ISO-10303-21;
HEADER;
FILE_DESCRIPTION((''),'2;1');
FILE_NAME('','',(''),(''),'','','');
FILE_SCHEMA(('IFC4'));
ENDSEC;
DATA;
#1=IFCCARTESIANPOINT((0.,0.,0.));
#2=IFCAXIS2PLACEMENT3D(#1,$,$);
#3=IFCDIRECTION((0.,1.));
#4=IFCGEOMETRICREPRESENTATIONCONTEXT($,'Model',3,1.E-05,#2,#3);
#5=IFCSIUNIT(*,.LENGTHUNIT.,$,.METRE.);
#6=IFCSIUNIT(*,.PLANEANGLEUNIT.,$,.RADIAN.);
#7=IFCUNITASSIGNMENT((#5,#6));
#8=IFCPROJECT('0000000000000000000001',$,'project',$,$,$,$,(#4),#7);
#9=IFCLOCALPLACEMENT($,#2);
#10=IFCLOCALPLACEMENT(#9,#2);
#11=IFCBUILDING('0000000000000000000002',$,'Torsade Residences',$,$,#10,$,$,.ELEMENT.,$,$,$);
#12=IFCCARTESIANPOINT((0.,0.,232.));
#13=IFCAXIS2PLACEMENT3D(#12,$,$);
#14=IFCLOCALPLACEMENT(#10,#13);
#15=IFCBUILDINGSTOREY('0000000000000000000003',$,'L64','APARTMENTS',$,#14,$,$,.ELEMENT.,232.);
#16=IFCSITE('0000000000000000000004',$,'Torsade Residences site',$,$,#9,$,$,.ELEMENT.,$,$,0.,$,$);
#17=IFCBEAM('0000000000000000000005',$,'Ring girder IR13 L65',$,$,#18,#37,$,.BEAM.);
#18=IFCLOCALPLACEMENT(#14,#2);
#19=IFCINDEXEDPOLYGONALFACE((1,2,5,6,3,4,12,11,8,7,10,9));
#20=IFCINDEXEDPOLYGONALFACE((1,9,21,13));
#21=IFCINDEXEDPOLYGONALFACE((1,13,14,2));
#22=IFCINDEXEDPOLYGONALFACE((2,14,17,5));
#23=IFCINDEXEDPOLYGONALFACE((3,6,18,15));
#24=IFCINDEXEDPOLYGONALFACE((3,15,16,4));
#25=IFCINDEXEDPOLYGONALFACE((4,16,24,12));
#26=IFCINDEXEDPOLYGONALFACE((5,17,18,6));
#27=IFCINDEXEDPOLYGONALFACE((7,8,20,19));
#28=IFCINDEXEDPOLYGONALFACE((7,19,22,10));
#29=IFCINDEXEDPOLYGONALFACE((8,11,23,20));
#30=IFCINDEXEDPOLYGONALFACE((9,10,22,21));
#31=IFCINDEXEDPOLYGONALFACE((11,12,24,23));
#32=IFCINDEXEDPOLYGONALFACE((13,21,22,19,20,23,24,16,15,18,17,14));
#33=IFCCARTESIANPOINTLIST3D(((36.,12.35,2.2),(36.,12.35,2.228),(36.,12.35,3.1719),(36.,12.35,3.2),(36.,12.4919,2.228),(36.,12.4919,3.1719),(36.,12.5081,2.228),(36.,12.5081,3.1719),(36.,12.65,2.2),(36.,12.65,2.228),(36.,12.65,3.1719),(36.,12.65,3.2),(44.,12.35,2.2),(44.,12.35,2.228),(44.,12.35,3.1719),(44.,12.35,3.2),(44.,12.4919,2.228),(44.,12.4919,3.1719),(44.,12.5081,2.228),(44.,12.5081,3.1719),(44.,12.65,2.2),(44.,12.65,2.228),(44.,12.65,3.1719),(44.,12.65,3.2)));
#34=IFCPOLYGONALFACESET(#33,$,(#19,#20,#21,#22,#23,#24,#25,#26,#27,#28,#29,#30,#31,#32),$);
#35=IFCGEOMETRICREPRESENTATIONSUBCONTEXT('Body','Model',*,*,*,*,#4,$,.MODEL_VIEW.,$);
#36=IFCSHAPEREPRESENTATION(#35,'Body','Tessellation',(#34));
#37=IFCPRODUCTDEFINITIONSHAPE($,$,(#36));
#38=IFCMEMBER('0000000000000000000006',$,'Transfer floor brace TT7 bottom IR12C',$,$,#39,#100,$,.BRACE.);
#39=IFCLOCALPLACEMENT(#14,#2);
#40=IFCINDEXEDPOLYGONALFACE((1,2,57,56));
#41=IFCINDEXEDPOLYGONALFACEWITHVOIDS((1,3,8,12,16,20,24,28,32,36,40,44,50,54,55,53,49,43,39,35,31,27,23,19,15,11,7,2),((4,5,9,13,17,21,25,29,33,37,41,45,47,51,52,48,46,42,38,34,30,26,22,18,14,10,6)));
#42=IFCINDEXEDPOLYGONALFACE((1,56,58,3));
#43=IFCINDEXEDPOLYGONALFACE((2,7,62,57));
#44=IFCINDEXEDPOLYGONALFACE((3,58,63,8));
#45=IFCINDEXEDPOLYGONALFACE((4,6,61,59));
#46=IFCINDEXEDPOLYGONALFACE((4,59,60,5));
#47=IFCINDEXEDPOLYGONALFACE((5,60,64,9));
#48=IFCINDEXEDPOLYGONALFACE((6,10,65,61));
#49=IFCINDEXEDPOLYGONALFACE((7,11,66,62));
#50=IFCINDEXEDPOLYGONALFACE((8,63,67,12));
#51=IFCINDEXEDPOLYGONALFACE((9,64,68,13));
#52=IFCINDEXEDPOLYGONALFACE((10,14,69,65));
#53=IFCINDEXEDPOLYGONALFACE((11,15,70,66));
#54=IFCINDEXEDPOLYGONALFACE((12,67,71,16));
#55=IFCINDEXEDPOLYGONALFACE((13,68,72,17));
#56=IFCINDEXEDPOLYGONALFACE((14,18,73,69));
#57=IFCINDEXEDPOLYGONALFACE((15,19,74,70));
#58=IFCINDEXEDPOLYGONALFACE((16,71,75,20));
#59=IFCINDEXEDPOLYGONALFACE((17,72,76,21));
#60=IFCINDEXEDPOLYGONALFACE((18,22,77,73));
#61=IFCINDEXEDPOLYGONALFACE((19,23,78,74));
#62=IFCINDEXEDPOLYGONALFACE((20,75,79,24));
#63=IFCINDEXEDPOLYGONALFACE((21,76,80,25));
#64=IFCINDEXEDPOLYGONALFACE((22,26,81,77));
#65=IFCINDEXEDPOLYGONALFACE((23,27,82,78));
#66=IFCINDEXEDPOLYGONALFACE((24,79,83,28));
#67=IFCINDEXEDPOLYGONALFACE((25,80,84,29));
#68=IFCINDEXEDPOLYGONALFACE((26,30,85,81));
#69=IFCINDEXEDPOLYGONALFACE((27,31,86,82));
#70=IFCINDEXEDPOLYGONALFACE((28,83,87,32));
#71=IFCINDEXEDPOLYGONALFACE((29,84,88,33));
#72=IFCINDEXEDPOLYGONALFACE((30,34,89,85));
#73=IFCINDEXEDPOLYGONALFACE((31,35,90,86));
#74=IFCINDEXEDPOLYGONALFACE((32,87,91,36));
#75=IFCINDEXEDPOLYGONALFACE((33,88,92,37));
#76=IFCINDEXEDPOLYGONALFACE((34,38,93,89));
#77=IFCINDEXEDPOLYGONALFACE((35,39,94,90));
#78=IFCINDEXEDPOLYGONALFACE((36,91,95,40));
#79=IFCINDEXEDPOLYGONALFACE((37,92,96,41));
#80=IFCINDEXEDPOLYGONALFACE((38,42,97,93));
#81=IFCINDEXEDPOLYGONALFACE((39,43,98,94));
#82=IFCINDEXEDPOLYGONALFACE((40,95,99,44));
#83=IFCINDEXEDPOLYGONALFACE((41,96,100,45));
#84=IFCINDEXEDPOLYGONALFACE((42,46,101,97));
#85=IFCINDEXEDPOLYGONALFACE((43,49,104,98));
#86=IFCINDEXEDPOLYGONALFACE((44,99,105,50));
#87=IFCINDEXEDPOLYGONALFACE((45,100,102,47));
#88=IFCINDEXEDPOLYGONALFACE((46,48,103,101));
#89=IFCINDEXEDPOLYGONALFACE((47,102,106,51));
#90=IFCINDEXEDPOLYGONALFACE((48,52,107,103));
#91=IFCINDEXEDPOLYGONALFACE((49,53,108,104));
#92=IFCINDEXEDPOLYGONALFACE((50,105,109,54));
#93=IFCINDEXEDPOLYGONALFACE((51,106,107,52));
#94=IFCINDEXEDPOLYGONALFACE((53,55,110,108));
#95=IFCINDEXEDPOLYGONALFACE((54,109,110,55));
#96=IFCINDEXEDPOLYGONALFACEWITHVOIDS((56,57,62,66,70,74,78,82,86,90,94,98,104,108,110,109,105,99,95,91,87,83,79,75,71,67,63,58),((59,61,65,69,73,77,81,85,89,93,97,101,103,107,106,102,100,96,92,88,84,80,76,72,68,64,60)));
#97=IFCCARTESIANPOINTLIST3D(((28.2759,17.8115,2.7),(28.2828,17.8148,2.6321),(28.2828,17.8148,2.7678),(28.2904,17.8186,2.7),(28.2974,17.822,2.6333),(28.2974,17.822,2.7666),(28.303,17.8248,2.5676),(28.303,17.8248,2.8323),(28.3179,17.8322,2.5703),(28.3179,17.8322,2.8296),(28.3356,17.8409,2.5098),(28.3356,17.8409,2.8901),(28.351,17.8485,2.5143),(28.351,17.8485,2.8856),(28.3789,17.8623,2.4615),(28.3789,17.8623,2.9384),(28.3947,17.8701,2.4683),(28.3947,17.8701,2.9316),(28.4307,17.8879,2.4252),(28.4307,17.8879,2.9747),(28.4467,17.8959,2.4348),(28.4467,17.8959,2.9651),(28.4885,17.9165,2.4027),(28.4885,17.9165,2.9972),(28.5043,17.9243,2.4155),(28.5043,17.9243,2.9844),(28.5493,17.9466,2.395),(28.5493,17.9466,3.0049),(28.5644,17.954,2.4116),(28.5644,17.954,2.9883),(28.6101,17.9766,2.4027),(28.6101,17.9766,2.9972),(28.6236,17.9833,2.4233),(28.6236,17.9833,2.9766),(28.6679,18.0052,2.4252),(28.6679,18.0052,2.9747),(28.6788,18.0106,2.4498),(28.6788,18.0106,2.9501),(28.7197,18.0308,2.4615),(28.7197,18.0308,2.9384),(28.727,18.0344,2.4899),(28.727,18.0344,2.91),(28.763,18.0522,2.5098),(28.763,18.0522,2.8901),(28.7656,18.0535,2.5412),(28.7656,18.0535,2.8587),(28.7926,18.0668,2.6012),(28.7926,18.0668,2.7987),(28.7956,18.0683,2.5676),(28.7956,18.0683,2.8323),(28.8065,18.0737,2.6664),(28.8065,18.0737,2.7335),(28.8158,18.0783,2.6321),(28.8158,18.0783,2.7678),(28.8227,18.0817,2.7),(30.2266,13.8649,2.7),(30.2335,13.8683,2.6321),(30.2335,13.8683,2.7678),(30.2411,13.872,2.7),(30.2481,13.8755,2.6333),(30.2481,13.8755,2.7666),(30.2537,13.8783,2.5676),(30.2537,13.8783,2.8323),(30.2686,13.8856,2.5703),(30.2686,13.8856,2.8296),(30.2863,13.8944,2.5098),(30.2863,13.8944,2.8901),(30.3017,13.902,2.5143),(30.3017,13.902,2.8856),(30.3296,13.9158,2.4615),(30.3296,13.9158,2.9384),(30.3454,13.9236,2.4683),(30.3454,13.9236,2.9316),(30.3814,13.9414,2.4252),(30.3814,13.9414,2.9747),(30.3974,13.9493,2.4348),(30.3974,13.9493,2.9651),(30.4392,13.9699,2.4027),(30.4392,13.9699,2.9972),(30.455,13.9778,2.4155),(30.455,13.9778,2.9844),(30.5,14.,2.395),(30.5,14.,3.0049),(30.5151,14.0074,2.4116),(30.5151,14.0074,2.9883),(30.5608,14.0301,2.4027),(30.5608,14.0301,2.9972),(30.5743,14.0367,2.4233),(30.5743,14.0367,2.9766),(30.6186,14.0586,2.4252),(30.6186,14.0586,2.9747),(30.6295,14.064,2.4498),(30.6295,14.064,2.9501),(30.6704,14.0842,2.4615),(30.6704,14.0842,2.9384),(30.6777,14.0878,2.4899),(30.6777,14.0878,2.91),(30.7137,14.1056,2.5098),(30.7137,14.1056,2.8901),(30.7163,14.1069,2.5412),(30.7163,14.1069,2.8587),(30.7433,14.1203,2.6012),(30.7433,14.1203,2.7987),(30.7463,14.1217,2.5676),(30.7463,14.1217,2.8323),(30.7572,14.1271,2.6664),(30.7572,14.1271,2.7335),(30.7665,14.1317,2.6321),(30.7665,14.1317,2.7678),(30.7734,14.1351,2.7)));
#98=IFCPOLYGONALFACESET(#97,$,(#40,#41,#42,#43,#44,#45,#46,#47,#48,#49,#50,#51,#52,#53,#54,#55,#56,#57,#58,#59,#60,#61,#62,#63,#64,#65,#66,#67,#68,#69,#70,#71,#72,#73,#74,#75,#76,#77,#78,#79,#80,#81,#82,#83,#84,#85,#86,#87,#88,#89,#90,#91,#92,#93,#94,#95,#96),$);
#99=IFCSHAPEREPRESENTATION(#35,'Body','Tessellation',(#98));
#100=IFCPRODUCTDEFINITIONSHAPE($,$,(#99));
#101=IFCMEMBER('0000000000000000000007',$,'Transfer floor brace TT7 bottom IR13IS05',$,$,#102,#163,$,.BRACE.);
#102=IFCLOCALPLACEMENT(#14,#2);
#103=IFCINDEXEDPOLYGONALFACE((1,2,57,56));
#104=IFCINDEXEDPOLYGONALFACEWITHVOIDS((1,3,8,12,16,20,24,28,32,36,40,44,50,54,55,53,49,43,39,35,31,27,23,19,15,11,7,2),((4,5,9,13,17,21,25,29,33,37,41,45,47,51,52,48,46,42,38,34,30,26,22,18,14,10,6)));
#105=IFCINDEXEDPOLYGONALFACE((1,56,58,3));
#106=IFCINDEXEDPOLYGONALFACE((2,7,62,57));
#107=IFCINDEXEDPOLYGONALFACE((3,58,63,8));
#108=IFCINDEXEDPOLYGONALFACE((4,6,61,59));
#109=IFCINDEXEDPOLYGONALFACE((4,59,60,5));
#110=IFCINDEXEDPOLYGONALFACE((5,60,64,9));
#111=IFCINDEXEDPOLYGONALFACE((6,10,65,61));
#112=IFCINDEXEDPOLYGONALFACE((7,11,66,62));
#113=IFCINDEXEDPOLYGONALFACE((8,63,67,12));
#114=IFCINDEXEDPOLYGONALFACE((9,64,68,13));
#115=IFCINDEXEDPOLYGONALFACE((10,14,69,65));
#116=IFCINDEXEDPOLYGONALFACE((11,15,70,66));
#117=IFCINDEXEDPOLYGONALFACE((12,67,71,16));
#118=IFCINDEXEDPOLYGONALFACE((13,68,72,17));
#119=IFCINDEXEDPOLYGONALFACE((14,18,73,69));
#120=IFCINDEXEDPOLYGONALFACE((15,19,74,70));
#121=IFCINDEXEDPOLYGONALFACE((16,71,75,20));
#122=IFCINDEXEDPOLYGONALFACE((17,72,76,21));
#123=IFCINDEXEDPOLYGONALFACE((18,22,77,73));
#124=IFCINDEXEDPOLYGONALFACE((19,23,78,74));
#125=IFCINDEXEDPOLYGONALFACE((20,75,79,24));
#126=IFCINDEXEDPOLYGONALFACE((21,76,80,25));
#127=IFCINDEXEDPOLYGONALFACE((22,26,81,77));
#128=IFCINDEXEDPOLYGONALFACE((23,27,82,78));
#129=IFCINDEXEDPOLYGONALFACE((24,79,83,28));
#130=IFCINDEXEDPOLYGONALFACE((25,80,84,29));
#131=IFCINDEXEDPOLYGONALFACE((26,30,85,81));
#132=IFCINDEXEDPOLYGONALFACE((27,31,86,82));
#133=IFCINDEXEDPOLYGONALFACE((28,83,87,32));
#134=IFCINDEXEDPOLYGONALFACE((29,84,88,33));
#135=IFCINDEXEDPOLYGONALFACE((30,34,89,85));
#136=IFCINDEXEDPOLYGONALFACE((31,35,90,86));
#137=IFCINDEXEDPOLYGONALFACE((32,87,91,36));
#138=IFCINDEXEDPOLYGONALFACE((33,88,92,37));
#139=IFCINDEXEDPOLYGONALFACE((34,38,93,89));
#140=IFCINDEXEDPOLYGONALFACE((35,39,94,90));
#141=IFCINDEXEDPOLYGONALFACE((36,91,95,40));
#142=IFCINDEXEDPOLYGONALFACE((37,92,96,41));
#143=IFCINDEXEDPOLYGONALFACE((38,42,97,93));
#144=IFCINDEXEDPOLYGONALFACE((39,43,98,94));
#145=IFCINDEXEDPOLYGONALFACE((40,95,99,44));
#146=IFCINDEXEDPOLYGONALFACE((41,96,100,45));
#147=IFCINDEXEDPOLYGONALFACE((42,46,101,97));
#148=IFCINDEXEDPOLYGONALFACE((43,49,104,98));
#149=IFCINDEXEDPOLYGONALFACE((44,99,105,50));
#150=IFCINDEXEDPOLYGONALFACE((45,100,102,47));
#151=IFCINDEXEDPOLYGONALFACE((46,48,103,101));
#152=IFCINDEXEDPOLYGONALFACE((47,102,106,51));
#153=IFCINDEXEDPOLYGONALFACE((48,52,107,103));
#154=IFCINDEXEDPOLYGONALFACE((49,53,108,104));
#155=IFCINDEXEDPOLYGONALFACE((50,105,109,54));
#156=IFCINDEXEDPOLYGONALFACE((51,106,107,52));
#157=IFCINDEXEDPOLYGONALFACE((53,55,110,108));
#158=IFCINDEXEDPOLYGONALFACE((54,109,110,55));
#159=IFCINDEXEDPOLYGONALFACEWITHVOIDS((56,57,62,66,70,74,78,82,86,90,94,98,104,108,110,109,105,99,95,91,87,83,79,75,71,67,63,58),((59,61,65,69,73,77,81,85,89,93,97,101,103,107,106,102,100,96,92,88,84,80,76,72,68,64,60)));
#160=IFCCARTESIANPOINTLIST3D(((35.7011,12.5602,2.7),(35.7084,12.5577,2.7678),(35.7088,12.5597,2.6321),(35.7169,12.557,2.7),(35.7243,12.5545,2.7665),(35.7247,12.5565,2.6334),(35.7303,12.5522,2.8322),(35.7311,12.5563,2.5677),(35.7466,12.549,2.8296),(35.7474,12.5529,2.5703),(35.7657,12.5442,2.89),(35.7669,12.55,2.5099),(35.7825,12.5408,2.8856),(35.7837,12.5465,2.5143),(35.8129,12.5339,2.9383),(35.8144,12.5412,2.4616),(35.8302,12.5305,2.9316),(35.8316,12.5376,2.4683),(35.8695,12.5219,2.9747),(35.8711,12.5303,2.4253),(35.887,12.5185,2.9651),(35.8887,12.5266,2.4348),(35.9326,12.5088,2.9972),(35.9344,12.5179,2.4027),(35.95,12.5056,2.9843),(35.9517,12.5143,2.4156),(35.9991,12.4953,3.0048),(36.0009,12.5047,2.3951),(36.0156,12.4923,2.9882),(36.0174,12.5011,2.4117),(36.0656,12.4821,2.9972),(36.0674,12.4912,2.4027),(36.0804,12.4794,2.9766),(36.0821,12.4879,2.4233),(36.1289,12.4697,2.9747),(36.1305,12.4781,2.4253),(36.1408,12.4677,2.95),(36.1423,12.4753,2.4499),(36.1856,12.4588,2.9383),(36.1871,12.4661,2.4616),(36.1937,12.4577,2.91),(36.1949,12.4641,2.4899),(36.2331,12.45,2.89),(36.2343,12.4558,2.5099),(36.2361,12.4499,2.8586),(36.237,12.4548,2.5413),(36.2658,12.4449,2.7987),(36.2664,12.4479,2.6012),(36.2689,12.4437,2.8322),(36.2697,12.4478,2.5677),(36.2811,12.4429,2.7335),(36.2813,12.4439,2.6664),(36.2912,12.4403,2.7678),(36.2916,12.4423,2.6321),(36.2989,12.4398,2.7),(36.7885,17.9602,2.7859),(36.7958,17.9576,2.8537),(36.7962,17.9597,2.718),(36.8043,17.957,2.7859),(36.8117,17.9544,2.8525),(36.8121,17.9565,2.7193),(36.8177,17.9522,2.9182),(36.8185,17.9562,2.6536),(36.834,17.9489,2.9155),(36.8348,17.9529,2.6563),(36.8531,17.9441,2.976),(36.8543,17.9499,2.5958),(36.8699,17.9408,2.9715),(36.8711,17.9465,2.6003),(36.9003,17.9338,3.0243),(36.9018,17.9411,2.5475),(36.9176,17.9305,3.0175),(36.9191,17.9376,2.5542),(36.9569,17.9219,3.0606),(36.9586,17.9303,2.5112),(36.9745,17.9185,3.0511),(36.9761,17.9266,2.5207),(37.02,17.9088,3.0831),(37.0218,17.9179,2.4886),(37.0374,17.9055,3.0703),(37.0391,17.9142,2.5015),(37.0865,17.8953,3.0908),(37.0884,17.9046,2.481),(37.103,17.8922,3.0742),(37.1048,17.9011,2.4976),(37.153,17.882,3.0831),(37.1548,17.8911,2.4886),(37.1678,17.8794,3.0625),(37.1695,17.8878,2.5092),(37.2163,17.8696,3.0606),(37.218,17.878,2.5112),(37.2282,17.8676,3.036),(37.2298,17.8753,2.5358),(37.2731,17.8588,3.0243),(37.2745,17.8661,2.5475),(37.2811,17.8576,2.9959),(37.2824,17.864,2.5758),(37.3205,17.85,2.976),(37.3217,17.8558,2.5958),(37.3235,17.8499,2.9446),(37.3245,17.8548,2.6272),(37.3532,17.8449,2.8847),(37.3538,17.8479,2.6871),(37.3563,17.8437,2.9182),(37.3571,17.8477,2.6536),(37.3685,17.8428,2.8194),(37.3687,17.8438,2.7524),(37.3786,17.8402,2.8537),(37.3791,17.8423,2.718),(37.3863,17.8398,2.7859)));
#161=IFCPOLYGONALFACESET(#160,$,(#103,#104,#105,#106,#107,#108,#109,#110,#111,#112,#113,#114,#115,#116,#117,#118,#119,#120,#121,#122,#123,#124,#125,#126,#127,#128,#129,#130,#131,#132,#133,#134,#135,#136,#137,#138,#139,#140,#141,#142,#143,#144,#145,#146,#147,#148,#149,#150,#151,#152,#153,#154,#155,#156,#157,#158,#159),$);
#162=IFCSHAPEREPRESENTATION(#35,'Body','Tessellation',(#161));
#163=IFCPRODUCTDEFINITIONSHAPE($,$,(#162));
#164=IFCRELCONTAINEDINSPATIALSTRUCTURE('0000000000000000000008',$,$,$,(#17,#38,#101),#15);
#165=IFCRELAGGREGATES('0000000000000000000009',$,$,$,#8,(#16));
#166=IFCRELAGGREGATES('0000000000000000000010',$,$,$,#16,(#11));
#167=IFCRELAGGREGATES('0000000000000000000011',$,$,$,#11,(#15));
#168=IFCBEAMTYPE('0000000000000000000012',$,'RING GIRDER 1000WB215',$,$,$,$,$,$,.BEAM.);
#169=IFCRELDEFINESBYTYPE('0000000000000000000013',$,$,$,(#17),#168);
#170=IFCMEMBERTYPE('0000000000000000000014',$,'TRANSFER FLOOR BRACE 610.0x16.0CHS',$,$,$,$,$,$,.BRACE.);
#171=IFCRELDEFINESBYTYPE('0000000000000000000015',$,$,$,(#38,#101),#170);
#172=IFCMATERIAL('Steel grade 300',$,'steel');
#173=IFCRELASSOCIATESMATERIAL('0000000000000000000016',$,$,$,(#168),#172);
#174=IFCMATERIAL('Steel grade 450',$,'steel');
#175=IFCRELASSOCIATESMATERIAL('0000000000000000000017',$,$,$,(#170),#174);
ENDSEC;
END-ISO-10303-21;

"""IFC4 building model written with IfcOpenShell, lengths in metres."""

from ifc_helpers import new_model, si_unit, direction, frame, origin, origin_2d, place, context, subcontext, project, spatial, hollow_circle, i_section, extrude, material, material_profile, profile_set, type_object, element, save


model = new_model("IFC4")

# Units and contexts
model_context = context("Model", 3, precision=1e-05, world=origin(), true_north=direction((0.0, 1.0)))
body_context = subcontext(model_context, "Body", "Model", "MODEL_VIEW")
ifc_project = project(units=[si_unit("LENGTHUNIT", "METRE"), si_unit("PLANEANGLEUNIT", "RADIAN")], contexts=[model_context])

# Site, building, storey
site_placement = place(None, origin())
site = spatial("IfcSite", under=ifc_project, at=site_placement, Name="Torsade Residences site", CompositionType="ELEMENT", RefElevation=0.0)
building_placement = place(site_placement, origin())
building = spatial("IfcBuilding", under=site, at=building_placement, Name="Torsade Residences", CompositionType="ELEMENT")
storey_placement = place(building_placement, frame((0.0, 0.0, 232.0)))
storey = spatial("IfcBuildingStorey", under=building, at=storey_placement, Name="L64", Description="APARTMENTS", CompositionType="ELEMENT", Elevation=232.0)

# Beam
ifc_material_1 = material(Name="Steel grade 300", Category="steel")
ifc_material_profile_1 = material_profile(ifc_material_1, i_section(OverallWidth=0.3, OverallDepth=1.0, WebThickness=0.0161, FlangeThickness=0.0281, at=origin_2d()), Name="1000WB215")
ifc_profile_set_1 = profile_set([ifc_material_profile_1], Name="Steel grade 300")
beam_type_1 = type_object("IfcBeamType", Name="RING GIRDER 1000WB215", PredefinedType="BEAM", material=ifc_profile_set_1)
beam_1_placement = place(storey_placement, frame((36.0, 12.5, 2.7), z_axis=(1.0, 0.0, 0.0), x_axis=(0.0, 1.0, 0.0)))
element("IfcBeam", 1, at=beam_1_placement, inside=storey, type_object=beam_type_1, Name="Ring girder IR13 L65", PredefinedType="BEAM", context=body_context, shape_type="SweptSolid", body=[
    extrude(i_section(OverallWidth=0.3, OverallDepth=1.0, WebThickness=0.0161, FlangeThickness=0.0281, at=origin_2d()), origin(), (0.0, 0.0, 1.0), 8.0),
])

# Members
ifc_material_2 = material(Name="Steel grade 450", Category="steel")
ifc_material_profile_2 = material_profile(ifc_material_2, hollow_circle(Radius=0.3049, WallThickness=0.0161, at=origin_2d()), Name="610.0x16.0CHS")
ifc_profile_set_2 = profile_set([ifc_material_profile_2], Name="Steel grade 450")
member_type = type_object("IfcMemberType", Name="TRANSFER FLOOR BRACE 610.0x16.0CHS", PredefinedType="BRACE", material=ifc_profile_set_2)
member_1_placement = place(storey_placement, frame((30.5, 14.0, 2.7), z_axis=(-0.443105, 0.89647, 0.0), x_axis=(-0.89647, -0.443105, 0.0)))
element("IfcMember", 2, at=member_1_placement, inside=storey, type_object=member_type, Name="Transfer floor brace TT7 bottom IR12C", PredefinedType="BRACE", context=body_context, shape_type="SweptSolid", body=[
    extrude(hollow_circle(Radius=0.3049, WallThickness=0.0161, at=origin_2d()), origin(), (0.0, 0.0, 1.0), 4.4023),
])
member_2_placement = place(storey_placement, frame((36.0, 12.5, 2.7), z_axis=(0.197388, 0.980201, 0.0156), x_axis=(-0.980321, 0.197412, 0.0)))
element("IfcMember", 3, at=member_2_placement, inside=storey, type_object=member_type, Name="Transfer floor brace TT7 bottom IR13IS05", PredefinedType="BRACE", context=body_context, shape_type="SweptSolid", body=[
    extrude(hollow_circle(Radius=0.3049, WallThickness=0.0161, at=origin_2d()), origin(), (0.0, 0.0, 1.0), 5.509),
])

save(model, "model.ifc")
